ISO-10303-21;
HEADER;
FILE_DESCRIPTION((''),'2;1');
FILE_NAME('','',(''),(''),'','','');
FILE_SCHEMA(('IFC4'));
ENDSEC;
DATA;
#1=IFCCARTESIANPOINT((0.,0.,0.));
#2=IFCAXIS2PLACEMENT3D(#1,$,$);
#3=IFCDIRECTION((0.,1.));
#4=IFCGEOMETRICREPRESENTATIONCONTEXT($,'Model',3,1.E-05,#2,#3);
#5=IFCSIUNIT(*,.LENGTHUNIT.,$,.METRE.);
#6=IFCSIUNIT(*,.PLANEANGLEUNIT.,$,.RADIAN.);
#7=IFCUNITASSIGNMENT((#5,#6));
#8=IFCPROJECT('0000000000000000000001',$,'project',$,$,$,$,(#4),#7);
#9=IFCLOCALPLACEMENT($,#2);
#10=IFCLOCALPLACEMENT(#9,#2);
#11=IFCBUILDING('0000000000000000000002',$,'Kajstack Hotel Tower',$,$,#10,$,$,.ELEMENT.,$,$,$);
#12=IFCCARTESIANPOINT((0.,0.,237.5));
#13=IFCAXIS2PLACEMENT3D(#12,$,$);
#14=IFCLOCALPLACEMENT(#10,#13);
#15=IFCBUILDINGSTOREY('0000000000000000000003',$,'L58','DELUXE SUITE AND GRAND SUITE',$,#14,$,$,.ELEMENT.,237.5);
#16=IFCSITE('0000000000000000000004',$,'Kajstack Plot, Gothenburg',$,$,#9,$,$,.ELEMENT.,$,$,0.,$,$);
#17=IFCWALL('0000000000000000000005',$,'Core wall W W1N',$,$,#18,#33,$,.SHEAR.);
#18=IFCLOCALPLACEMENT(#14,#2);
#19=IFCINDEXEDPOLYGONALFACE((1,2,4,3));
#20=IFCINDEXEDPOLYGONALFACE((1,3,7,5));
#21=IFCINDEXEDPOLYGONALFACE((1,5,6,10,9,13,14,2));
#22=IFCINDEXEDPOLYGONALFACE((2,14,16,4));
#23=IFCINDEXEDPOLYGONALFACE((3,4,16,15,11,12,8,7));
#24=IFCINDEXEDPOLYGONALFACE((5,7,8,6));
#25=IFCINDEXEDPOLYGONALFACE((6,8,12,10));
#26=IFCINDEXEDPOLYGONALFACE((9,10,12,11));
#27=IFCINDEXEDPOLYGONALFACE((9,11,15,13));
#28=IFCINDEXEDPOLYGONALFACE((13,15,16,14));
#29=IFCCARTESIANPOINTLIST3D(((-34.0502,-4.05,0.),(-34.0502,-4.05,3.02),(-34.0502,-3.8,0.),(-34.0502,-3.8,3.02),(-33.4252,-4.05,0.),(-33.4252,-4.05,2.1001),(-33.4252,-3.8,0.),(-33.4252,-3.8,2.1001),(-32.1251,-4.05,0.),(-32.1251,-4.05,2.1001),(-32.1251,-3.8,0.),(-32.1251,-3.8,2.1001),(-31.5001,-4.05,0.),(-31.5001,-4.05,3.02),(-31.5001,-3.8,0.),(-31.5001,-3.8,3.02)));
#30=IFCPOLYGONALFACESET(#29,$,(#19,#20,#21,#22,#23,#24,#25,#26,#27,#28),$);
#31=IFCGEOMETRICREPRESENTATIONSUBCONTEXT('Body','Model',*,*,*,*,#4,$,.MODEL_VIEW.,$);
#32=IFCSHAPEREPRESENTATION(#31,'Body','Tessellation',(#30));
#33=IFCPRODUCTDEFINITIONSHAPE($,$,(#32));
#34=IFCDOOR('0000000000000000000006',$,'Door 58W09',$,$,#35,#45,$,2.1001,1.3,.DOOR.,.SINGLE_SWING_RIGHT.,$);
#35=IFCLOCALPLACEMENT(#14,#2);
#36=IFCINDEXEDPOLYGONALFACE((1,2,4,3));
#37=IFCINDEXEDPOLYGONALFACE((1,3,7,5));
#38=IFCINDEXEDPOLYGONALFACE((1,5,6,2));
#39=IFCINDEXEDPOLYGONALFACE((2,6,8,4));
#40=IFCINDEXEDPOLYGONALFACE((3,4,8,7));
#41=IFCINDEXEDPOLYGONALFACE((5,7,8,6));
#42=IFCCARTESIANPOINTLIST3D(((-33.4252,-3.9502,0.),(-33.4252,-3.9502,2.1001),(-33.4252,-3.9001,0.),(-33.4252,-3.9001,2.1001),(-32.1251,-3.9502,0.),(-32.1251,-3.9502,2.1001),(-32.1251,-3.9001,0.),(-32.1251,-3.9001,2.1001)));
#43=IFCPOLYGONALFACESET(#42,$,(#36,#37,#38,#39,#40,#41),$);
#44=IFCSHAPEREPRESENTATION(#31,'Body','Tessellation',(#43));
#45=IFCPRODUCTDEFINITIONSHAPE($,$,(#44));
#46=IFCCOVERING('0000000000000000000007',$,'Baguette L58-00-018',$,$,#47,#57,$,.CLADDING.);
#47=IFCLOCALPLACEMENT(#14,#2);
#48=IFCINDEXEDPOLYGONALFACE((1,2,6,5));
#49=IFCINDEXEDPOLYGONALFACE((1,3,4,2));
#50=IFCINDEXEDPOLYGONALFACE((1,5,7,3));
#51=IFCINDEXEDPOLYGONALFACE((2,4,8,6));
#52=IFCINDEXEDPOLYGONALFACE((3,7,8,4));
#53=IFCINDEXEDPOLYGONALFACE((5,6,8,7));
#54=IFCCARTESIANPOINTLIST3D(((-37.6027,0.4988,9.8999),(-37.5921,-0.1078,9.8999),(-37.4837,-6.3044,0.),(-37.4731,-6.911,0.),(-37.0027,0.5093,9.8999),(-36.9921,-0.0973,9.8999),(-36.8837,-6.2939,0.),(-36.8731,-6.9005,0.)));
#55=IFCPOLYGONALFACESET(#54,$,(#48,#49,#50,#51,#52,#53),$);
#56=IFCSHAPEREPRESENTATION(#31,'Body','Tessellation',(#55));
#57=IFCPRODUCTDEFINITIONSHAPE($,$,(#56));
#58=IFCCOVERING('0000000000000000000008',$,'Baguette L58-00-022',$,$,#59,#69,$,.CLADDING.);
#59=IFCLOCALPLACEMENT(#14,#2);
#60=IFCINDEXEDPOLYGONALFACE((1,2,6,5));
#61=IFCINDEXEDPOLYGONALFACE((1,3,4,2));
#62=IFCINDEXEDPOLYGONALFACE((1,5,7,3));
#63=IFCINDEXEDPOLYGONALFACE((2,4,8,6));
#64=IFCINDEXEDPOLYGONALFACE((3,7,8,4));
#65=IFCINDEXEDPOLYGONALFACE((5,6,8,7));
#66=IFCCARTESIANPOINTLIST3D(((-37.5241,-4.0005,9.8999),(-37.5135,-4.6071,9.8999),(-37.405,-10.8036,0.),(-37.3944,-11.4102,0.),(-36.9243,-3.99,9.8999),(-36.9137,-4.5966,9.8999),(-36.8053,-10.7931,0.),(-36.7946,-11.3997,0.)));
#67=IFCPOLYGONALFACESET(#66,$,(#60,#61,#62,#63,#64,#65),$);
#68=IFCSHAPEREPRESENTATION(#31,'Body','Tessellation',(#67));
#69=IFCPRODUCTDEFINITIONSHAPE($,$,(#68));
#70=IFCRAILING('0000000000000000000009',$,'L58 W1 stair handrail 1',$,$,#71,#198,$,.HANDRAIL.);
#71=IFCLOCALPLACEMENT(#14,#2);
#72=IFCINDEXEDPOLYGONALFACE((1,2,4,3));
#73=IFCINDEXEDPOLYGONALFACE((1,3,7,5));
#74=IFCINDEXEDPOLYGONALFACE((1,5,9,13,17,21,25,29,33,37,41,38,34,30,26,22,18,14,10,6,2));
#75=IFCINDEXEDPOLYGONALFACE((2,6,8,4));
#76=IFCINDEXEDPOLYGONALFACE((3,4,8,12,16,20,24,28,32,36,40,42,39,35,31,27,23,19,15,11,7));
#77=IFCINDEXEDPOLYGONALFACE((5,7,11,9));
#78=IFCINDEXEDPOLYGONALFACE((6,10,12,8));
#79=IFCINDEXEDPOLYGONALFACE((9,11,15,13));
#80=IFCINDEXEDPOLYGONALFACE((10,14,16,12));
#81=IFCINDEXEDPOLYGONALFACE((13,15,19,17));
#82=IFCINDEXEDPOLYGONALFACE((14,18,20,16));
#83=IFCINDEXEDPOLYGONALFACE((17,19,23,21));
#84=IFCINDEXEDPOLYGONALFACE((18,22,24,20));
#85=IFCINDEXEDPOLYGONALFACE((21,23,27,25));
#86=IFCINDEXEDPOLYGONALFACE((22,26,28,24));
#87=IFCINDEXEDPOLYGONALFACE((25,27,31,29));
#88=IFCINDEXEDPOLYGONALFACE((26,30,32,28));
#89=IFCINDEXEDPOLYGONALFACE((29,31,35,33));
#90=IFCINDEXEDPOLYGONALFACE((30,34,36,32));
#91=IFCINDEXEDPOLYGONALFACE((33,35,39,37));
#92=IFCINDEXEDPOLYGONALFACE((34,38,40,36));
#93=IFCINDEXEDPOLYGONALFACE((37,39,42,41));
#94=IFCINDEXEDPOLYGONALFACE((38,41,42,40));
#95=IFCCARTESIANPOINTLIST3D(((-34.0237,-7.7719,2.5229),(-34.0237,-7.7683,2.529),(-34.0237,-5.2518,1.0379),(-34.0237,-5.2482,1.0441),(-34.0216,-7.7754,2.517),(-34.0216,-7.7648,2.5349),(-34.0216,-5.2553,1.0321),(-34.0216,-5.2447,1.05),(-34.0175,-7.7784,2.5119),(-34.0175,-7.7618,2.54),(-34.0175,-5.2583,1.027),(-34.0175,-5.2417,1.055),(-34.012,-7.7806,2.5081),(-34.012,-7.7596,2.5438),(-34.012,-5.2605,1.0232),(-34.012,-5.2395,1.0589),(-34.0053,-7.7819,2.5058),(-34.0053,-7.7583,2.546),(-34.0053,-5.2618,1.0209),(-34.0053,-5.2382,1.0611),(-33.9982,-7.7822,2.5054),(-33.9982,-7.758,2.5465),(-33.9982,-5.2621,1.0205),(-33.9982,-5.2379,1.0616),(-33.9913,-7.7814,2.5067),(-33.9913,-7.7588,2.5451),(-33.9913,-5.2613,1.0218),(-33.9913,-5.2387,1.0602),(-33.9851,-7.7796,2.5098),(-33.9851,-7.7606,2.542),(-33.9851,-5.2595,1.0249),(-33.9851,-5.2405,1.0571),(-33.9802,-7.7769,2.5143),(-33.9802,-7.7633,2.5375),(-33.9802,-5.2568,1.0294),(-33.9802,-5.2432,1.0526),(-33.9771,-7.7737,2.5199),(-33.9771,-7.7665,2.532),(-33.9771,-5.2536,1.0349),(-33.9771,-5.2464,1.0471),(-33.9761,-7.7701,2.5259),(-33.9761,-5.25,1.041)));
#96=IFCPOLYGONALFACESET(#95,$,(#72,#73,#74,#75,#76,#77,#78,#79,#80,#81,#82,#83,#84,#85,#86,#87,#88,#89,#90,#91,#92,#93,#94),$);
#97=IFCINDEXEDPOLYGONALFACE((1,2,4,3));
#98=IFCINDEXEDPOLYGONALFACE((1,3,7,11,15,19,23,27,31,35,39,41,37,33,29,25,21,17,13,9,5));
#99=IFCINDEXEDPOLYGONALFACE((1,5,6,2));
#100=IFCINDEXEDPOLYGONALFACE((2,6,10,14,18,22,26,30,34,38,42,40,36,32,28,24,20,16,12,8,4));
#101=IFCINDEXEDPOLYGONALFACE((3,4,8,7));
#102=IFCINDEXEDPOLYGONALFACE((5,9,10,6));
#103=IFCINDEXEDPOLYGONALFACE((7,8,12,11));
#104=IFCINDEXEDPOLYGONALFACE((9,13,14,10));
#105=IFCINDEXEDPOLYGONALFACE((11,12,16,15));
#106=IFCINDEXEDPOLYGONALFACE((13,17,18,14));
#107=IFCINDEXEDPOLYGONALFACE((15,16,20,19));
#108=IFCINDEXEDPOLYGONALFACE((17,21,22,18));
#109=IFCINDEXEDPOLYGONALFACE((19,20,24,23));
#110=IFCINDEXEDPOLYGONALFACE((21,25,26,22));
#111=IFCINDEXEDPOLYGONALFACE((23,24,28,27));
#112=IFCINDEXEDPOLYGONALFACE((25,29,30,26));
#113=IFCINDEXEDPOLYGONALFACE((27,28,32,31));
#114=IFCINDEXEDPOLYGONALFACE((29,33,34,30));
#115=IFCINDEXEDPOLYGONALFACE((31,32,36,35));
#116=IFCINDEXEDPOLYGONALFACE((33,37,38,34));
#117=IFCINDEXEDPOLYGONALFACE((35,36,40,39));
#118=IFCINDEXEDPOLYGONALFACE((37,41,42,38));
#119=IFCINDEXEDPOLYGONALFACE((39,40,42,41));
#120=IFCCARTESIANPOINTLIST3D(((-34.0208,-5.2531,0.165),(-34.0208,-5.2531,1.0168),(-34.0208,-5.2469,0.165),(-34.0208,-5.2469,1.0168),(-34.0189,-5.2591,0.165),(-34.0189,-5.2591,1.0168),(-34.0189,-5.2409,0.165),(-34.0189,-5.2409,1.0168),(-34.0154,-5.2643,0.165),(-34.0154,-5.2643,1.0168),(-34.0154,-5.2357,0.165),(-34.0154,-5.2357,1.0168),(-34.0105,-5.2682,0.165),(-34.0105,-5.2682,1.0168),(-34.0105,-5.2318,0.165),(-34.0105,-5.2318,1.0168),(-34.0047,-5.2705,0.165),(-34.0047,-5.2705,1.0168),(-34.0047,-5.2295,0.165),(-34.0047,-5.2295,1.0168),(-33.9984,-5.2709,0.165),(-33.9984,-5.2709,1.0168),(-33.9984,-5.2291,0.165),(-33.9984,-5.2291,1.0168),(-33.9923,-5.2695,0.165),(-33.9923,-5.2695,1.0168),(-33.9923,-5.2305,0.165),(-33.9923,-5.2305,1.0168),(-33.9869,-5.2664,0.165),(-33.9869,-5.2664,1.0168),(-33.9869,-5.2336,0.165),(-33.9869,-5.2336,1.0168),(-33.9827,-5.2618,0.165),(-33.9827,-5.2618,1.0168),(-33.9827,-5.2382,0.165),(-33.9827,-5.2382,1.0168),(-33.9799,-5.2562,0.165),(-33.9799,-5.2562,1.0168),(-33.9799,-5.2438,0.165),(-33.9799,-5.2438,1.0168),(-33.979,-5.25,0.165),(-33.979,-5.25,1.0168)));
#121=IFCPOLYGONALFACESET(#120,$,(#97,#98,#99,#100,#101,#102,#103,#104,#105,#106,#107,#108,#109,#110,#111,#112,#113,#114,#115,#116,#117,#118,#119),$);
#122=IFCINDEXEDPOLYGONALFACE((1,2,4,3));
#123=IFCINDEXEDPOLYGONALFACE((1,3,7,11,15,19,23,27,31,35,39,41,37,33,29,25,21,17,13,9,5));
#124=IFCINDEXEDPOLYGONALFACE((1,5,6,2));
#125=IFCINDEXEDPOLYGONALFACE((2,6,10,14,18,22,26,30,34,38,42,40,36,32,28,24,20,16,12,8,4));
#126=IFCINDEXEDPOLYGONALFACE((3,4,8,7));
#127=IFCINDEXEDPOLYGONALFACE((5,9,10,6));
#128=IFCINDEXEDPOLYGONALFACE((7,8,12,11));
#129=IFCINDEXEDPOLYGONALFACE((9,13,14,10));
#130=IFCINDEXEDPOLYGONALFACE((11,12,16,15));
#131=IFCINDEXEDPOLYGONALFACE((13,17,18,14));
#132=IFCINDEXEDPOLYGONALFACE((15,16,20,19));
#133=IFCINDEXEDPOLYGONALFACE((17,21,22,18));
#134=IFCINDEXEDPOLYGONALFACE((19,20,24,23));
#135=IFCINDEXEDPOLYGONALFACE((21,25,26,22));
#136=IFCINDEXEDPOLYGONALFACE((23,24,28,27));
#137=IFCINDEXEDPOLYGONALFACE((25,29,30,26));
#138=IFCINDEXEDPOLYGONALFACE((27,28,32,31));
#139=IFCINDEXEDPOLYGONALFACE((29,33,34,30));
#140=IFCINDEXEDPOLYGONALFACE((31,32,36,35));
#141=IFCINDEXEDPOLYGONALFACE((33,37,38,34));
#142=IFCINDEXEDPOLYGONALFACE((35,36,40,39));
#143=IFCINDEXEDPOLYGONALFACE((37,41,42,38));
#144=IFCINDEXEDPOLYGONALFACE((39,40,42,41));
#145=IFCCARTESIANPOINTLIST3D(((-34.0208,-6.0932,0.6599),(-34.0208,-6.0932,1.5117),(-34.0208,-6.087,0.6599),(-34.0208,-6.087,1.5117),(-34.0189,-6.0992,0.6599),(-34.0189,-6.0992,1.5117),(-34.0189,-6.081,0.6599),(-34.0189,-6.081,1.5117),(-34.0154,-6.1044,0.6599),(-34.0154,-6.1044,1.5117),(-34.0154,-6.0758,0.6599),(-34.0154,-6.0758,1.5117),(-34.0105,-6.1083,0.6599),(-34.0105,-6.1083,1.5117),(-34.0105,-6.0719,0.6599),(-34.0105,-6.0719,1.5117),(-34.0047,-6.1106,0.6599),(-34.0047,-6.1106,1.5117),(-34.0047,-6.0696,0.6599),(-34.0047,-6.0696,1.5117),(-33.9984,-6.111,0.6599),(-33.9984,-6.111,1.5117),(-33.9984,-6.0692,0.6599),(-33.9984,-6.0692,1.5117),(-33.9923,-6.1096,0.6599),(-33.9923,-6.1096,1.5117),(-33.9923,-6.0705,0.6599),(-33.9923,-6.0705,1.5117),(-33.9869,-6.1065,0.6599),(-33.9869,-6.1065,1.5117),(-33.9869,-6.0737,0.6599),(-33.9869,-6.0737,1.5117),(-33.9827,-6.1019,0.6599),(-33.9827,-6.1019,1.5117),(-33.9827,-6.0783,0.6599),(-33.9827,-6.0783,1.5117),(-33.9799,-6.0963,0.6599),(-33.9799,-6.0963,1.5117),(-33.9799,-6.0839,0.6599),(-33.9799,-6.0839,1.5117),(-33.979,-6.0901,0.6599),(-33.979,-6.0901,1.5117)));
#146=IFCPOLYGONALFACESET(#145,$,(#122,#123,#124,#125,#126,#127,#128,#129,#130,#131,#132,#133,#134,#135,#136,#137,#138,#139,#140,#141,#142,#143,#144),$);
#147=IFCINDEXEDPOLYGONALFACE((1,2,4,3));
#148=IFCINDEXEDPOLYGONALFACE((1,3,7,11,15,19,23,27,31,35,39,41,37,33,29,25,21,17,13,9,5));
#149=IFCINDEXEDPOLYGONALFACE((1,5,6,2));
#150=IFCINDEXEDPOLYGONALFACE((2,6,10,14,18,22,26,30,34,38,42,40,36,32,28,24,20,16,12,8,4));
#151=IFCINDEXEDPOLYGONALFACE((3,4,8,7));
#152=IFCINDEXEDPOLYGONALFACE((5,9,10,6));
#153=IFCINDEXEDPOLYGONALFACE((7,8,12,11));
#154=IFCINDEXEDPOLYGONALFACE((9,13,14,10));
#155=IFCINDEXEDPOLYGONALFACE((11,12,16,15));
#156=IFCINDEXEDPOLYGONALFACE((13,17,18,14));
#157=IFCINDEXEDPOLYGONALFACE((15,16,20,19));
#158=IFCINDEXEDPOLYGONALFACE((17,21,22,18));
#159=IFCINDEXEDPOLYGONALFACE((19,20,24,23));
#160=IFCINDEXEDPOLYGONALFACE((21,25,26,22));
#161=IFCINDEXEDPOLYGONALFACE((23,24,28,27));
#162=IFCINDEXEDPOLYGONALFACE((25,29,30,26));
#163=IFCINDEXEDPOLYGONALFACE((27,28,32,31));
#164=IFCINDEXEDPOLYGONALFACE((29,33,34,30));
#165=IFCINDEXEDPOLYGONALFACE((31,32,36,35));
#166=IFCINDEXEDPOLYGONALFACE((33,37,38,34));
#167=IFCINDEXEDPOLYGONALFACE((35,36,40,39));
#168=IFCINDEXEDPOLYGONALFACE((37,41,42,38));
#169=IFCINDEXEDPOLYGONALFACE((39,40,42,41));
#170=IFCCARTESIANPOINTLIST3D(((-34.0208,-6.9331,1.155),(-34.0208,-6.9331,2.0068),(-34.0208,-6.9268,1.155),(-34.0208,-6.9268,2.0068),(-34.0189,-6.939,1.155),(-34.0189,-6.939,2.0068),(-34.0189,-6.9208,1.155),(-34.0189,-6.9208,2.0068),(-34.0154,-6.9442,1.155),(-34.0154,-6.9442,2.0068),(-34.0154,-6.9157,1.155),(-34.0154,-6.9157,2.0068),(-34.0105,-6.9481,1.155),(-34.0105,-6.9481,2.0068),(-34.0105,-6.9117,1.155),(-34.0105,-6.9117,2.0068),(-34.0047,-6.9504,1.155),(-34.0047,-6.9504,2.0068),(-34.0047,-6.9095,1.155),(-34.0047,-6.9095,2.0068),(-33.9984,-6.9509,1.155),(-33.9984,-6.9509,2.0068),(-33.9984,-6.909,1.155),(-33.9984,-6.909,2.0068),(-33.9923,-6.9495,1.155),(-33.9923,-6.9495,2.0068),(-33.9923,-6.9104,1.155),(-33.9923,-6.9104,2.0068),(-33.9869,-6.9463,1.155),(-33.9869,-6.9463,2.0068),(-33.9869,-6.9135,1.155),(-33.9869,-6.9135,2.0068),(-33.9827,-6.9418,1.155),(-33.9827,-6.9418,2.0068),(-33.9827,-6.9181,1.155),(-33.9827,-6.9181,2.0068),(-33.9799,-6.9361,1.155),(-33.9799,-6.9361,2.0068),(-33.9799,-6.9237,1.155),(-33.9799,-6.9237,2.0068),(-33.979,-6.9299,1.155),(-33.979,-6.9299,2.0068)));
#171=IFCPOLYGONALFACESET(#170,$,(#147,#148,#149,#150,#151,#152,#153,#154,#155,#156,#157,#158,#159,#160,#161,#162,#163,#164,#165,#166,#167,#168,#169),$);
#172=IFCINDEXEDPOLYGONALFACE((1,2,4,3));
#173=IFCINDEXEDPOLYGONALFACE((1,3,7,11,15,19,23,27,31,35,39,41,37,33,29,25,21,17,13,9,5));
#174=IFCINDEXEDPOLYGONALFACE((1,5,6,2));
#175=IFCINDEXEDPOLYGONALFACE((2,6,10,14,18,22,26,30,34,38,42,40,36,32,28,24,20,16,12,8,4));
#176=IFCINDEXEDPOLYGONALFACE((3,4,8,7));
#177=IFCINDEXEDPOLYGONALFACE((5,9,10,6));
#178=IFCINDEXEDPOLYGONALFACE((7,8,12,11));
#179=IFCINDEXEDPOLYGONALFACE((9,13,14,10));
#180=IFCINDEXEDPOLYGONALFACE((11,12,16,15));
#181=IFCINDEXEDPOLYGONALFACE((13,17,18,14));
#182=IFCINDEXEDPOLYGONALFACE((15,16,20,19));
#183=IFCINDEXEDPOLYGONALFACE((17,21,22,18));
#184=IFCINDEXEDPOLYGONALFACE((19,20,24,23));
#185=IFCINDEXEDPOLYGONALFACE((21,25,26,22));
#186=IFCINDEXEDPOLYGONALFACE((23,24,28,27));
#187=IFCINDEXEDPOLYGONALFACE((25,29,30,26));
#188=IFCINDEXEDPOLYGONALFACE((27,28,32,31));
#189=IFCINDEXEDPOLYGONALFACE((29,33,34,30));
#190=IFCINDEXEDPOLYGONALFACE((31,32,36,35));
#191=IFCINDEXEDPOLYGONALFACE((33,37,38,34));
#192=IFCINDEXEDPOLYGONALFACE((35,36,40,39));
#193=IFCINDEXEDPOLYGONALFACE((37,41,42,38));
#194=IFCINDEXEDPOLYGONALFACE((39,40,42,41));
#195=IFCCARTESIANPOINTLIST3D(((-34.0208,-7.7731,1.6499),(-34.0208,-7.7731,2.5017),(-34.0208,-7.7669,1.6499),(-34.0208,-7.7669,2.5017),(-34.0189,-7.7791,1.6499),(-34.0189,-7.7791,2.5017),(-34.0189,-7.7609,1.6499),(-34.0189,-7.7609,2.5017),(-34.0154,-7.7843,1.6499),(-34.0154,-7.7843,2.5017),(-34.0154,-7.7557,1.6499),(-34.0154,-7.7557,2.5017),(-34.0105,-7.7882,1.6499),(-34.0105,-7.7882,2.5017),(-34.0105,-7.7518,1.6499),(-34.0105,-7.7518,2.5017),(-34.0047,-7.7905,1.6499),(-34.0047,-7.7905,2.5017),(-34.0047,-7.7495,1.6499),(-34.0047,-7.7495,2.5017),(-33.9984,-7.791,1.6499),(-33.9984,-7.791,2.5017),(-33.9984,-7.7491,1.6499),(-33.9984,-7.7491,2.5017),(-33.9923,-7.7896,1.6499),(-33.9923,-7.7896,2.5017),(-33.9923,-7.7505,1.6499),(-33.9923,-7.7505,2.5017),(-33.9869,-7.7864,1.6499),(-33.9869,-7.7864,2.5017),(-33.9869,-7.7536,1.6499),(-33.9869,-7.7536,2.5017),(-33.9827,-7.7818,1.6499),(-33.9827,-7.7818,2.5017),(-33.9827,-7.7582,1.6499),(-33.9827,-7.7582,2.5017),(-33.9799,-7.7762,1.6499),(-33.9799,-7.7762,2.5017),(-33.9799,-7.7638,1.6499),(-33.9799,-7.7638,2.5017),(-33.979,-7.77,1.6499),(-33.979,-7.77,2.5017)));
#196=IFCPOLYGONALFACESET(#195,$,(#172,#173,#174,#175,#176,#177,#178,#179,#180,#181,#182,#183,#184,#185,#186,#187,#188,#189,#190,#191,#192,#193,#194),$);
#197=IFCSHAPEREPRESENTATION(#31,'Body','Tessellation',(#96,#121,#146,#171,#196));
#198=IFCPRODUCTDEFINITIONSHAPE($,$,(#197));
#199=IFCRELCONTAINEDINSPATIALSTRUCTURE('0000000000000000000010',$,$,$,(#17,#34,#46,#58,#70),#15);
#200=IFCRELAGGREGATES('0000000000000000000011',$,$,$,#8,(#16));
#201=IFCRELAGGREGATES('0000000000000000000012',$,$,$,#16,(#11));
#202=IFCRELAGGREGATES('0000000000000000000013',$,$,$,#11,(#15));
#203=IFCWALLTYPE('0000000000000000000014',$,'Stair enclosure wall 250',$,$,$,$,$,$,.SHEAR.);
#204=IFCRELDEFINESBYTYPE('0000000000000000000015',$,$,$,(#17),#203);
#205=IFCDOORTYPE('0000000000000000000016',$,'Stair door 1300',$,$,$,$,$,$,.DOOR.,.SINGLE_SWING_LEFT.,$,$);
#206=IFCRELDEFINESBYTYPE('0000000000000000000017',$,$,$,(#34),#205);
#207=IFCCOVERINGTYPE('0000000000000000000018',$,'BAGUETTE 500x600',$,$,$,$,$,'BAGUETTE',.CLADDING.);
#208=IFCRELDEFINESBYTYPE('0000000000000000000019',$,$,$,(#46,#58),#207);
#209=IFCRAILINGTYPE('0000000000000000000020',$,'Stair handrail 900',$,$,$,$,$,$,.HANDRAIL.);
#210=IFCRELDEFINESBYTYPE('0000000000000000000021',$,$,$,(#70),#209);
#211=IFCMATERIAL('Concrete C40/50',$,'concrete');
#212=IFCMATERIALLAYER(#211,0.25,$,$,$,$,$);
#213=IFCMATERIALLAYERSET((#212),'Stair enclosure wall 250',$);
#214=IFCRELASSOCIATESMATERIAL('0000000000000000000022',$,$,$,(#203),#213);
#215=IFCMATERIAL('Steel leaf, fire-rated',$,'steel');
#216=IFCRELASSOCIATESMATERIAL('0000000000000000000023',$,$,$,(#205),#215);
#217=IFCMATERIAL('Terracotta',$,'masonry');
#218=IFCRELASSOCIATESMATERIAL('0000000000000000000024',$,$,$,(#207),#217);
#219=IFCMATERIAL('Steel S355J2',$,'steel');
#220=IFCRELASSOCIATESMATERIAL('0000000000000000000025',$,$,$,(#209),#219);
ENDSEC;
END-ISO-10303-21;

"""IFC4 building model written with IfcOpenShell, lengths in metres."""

from ifc_helpers import new_model, si_unit, direction, frame, frame_2d, origin, origin_2d, place, context, subcontext, project, spatial, polyline, rectangle, circle, outline, extrude, material, layer, layer_set, material_profile, profile_set, type_object, element, fill, save


model = new_model("IFC4")

# Units and contexts
model_context = context("Model", 3, precision=1e-05, world=origin(), true_north=direction((0.0, 1.0)))
body_context = subcontext(model_context, "Body", "Model", "MODEL_VIEW")
ifc_project = project(units=[si_unit("LENGTHUNIT", "METRE"), si_unit("PLANEANGLEUNIT", "RADIAN")], contexts=[model_context])

# Site, building, storey
site_placement = place(None, origin())
site = spatial("IfcSite", under=ifc_project, at=site_placement, Name="Kajstack Plot, Gothenburg", CompositionType="ELEMENT", RefElevation=0.0)
building_placement = place(site_placement, origin())
building = spatial("IfcBuilding", under=site, at=building_placement, Name="Kajstack Hotel Tower", CompositionType="ELEMENT")
storey_placement = place(building_placement, frame((0.0, 0.0, 237.5)))
storey = spatial("IfcBuildingStorey", under=building, at=storey_placement, Name="L58", Description="DELUXE SUITE AND GRAND SUITE", CompositionType="ELEMENT", Elevation=237.5)

# Shared definitions
ifc_material_1 = material(Name="Steel leaf, fire-rated", Category="steel")

# Wall, opening, door
ifc_material_2 = material(Name="Concrete C40/50", Category="concrete")
ifc_layer_1 = layer(ifc_material_2, 0.25)
ifc_layer_set_1 = layer_set([ifc_layer_1], Name="Stair enclosure wall 250")
wall_type_1 = type_object("IfcWallType", Name="Stair enclosure wall 250", PredefinedType="SHEAR", material=ifc_layer_set_1)
wall_1_placement = place(storey_placement, frame((-34.05, -3.925, 0.0), z_axis=(0.0, 0.0, 1.0), x_axis=(1.0, 0.0, 0.0)))
wall_1 = element("IfcWall", 1, at=wall_1_placement, inside=storey, type_object=wall_type_1, Name="Core wall W W1N", PredefinedType="SHEAR", context=body_context, shape_type="SweptSolid", body=[
    extrude(rectangle(XDim=2.55, YDim=0.25, at=frame_2d((1.2749, 0.0))), origin(), (0.0, 0.0, 1.0), 3.02),
])
opening_1_placement = place(wall_1_placement, frame((0.625, 0.0, 0.0)))
opening_1 = element("IfcOpeningElement", 2, at=opening_1_placement, cuts=wall_1, PredefinedType="OPENING", context=body_context, shape_type="SweptSolid", body=[
    extrude(rectangle(XDim=1.3, YDim=2.1001, at=frame_2d((0.6499, 1.05))), frame((0.0, 0.135, 0.0), z_axis=(0.0, -1.0, 0.0), x_axis=(1.0, 0.0, 0.0)), (0.0, 0.0, 1.0), 0.27),
])
door_type_1 = type_object("IfcDoorType", Name="Stair door 1300", OperationType="SINGLE_SWING_LEFT", PredefinedType="DOOR", material=ifc_material_1)
door_1_placement = place(opening_1_placement, origin())
door_1 = element("IfcDoor", 3, at=door_1_placement, inside=storey, type_object=door_type_1, Name="Door 58W09", OperationType="SINGLE_SWING_RIGHT", OverallHeight=2.1001, OverallWidth=1.3, PredefinedType="DOOR", context=body_context, shape_type="SweptSolid", body=[
    extrude(rectangle(XDim=1.3, YDim=2.1001, at=frame_2d((0.6499, 1.05))), frame((0.0, 0.0249, 0.0), z_axis=(0.0, -1.0, 0.0), x_axis=(1.0, 0.0, 0.0)), (0.0, 0.0, 1.0), 0.05),
])
fill(opening_1, door_1)

# Coverings
ifc_material_3 = material(Name="Terracotta", Category="masonry")
ifc_material_profile = material_profile(ifc_material_3, rectangle(XDim=0.6001, YDim=0.5, at=origin_2d()), Name="Terracotta-clad concrete baguette 500 x 600")
ifc_profile_set = profile_set([ifc_material_profile], Name="Terracotta")
covering_type = type_object("IfcCoveringType", Name="BAGUETTE 500x600", ElementType="BAGUETTE", PredefinedType="CLADDING", material=ifc_profile_set)
covering_1_placement = place(storey_placement, frame((-37.0027, 0.5093, 0.0), z_axis=(-0.999847, -0.017491, 0.0), x_axis=(0.017491, -0.999847, 0.0)))
element("IfcCovering", 4, at=covering_1_placement, inside=storey, type_object=covering_type, Name="Baguette L58-00-018", PredefinedType="CLADDING", context=body_context, shape_type="SweptSolid", body=[
    extrude(outline(polyline([(0.0, 9.8999), (6.8042, 0.0), (7.4109, 0.0), (0.6067, 9.8999), (0.0, 9.8999)])), origin(), (0.0, 0.0, 1.0), 0.6001),
])
covering_2_placement = place(storey_placement, frame((-36.9243, -3.99, 0.0), z_axis=(-0.999847, -0.017498, 0.0), x_axis=(0.017498, -0.999847, 0.0)))
element("IfcCovering", 5, at=covering_2_placement, inside=storey, type_object=covering_type, Name="Baguette L58-00-022", PredefinedType="CLADDING", context=body_context, shape_type="SweptSolid", body=[
    extrude(outline(polyline([(0.0, 9.8999), (6.8042, 0.0), (7.4109, 0.0), (0.6067, 9.8999), (0.0, 9.8999)])), origin(), (0.0, 0.0, 1.0), 0.5999),
])

# Railing
ifc_material_4 = material(Name="Steel S355J2", Category="steel")
railing_type_1 = type_object("IfcRailingType", Name="Stair handrail 900", PredefinedType="HANDRAIL", material=ifc_material_4)
railing_1_placement = place(storey_placement, frame((-34.0, -5.25, 0.165)))
element("IfcRailing", 6, at=railing_1_placement, inside=storey, type_object=railing_type_1, Name="L58 W1 stair handrail 1", PredefinedType="HANDRAIL", context=body_context, shape_type="SweptSolid", body=[
    extrude(circle(Radius=0.0239, at=origin_2d()), frame((0.0, 0.0, 0.876), z_axis=(0.0, -0.861561, 0.507655), x_axis=(1.0, 0.0, 0.0)), (0.0, 0.0, 1.0), 2.925),
    extrude(circle(Radius=0.021, at=origin_2d()), origin(), (0.0, 0.0, 1.0), 0.8518),
    extrude(circle(Radius=0.021, at=origin_2d()), frame((0.0, -0.8401, 0.4949)), (0.0, 0.0, 1.0), 0.8518),
    extrude(circle(Radius=0.021, at=origin_2d()), frame((0.0, -1.6799, 0.99)), (0.0, 0.0, 1.0), 0.8518),
    extrude(circle(Radius=0.021, at=origin_2d()), frame((0.0, -2.52, 1.4849)), (0.0, 0.0, 1.0), 0.8518),
])

save(model, "model.ifc")
